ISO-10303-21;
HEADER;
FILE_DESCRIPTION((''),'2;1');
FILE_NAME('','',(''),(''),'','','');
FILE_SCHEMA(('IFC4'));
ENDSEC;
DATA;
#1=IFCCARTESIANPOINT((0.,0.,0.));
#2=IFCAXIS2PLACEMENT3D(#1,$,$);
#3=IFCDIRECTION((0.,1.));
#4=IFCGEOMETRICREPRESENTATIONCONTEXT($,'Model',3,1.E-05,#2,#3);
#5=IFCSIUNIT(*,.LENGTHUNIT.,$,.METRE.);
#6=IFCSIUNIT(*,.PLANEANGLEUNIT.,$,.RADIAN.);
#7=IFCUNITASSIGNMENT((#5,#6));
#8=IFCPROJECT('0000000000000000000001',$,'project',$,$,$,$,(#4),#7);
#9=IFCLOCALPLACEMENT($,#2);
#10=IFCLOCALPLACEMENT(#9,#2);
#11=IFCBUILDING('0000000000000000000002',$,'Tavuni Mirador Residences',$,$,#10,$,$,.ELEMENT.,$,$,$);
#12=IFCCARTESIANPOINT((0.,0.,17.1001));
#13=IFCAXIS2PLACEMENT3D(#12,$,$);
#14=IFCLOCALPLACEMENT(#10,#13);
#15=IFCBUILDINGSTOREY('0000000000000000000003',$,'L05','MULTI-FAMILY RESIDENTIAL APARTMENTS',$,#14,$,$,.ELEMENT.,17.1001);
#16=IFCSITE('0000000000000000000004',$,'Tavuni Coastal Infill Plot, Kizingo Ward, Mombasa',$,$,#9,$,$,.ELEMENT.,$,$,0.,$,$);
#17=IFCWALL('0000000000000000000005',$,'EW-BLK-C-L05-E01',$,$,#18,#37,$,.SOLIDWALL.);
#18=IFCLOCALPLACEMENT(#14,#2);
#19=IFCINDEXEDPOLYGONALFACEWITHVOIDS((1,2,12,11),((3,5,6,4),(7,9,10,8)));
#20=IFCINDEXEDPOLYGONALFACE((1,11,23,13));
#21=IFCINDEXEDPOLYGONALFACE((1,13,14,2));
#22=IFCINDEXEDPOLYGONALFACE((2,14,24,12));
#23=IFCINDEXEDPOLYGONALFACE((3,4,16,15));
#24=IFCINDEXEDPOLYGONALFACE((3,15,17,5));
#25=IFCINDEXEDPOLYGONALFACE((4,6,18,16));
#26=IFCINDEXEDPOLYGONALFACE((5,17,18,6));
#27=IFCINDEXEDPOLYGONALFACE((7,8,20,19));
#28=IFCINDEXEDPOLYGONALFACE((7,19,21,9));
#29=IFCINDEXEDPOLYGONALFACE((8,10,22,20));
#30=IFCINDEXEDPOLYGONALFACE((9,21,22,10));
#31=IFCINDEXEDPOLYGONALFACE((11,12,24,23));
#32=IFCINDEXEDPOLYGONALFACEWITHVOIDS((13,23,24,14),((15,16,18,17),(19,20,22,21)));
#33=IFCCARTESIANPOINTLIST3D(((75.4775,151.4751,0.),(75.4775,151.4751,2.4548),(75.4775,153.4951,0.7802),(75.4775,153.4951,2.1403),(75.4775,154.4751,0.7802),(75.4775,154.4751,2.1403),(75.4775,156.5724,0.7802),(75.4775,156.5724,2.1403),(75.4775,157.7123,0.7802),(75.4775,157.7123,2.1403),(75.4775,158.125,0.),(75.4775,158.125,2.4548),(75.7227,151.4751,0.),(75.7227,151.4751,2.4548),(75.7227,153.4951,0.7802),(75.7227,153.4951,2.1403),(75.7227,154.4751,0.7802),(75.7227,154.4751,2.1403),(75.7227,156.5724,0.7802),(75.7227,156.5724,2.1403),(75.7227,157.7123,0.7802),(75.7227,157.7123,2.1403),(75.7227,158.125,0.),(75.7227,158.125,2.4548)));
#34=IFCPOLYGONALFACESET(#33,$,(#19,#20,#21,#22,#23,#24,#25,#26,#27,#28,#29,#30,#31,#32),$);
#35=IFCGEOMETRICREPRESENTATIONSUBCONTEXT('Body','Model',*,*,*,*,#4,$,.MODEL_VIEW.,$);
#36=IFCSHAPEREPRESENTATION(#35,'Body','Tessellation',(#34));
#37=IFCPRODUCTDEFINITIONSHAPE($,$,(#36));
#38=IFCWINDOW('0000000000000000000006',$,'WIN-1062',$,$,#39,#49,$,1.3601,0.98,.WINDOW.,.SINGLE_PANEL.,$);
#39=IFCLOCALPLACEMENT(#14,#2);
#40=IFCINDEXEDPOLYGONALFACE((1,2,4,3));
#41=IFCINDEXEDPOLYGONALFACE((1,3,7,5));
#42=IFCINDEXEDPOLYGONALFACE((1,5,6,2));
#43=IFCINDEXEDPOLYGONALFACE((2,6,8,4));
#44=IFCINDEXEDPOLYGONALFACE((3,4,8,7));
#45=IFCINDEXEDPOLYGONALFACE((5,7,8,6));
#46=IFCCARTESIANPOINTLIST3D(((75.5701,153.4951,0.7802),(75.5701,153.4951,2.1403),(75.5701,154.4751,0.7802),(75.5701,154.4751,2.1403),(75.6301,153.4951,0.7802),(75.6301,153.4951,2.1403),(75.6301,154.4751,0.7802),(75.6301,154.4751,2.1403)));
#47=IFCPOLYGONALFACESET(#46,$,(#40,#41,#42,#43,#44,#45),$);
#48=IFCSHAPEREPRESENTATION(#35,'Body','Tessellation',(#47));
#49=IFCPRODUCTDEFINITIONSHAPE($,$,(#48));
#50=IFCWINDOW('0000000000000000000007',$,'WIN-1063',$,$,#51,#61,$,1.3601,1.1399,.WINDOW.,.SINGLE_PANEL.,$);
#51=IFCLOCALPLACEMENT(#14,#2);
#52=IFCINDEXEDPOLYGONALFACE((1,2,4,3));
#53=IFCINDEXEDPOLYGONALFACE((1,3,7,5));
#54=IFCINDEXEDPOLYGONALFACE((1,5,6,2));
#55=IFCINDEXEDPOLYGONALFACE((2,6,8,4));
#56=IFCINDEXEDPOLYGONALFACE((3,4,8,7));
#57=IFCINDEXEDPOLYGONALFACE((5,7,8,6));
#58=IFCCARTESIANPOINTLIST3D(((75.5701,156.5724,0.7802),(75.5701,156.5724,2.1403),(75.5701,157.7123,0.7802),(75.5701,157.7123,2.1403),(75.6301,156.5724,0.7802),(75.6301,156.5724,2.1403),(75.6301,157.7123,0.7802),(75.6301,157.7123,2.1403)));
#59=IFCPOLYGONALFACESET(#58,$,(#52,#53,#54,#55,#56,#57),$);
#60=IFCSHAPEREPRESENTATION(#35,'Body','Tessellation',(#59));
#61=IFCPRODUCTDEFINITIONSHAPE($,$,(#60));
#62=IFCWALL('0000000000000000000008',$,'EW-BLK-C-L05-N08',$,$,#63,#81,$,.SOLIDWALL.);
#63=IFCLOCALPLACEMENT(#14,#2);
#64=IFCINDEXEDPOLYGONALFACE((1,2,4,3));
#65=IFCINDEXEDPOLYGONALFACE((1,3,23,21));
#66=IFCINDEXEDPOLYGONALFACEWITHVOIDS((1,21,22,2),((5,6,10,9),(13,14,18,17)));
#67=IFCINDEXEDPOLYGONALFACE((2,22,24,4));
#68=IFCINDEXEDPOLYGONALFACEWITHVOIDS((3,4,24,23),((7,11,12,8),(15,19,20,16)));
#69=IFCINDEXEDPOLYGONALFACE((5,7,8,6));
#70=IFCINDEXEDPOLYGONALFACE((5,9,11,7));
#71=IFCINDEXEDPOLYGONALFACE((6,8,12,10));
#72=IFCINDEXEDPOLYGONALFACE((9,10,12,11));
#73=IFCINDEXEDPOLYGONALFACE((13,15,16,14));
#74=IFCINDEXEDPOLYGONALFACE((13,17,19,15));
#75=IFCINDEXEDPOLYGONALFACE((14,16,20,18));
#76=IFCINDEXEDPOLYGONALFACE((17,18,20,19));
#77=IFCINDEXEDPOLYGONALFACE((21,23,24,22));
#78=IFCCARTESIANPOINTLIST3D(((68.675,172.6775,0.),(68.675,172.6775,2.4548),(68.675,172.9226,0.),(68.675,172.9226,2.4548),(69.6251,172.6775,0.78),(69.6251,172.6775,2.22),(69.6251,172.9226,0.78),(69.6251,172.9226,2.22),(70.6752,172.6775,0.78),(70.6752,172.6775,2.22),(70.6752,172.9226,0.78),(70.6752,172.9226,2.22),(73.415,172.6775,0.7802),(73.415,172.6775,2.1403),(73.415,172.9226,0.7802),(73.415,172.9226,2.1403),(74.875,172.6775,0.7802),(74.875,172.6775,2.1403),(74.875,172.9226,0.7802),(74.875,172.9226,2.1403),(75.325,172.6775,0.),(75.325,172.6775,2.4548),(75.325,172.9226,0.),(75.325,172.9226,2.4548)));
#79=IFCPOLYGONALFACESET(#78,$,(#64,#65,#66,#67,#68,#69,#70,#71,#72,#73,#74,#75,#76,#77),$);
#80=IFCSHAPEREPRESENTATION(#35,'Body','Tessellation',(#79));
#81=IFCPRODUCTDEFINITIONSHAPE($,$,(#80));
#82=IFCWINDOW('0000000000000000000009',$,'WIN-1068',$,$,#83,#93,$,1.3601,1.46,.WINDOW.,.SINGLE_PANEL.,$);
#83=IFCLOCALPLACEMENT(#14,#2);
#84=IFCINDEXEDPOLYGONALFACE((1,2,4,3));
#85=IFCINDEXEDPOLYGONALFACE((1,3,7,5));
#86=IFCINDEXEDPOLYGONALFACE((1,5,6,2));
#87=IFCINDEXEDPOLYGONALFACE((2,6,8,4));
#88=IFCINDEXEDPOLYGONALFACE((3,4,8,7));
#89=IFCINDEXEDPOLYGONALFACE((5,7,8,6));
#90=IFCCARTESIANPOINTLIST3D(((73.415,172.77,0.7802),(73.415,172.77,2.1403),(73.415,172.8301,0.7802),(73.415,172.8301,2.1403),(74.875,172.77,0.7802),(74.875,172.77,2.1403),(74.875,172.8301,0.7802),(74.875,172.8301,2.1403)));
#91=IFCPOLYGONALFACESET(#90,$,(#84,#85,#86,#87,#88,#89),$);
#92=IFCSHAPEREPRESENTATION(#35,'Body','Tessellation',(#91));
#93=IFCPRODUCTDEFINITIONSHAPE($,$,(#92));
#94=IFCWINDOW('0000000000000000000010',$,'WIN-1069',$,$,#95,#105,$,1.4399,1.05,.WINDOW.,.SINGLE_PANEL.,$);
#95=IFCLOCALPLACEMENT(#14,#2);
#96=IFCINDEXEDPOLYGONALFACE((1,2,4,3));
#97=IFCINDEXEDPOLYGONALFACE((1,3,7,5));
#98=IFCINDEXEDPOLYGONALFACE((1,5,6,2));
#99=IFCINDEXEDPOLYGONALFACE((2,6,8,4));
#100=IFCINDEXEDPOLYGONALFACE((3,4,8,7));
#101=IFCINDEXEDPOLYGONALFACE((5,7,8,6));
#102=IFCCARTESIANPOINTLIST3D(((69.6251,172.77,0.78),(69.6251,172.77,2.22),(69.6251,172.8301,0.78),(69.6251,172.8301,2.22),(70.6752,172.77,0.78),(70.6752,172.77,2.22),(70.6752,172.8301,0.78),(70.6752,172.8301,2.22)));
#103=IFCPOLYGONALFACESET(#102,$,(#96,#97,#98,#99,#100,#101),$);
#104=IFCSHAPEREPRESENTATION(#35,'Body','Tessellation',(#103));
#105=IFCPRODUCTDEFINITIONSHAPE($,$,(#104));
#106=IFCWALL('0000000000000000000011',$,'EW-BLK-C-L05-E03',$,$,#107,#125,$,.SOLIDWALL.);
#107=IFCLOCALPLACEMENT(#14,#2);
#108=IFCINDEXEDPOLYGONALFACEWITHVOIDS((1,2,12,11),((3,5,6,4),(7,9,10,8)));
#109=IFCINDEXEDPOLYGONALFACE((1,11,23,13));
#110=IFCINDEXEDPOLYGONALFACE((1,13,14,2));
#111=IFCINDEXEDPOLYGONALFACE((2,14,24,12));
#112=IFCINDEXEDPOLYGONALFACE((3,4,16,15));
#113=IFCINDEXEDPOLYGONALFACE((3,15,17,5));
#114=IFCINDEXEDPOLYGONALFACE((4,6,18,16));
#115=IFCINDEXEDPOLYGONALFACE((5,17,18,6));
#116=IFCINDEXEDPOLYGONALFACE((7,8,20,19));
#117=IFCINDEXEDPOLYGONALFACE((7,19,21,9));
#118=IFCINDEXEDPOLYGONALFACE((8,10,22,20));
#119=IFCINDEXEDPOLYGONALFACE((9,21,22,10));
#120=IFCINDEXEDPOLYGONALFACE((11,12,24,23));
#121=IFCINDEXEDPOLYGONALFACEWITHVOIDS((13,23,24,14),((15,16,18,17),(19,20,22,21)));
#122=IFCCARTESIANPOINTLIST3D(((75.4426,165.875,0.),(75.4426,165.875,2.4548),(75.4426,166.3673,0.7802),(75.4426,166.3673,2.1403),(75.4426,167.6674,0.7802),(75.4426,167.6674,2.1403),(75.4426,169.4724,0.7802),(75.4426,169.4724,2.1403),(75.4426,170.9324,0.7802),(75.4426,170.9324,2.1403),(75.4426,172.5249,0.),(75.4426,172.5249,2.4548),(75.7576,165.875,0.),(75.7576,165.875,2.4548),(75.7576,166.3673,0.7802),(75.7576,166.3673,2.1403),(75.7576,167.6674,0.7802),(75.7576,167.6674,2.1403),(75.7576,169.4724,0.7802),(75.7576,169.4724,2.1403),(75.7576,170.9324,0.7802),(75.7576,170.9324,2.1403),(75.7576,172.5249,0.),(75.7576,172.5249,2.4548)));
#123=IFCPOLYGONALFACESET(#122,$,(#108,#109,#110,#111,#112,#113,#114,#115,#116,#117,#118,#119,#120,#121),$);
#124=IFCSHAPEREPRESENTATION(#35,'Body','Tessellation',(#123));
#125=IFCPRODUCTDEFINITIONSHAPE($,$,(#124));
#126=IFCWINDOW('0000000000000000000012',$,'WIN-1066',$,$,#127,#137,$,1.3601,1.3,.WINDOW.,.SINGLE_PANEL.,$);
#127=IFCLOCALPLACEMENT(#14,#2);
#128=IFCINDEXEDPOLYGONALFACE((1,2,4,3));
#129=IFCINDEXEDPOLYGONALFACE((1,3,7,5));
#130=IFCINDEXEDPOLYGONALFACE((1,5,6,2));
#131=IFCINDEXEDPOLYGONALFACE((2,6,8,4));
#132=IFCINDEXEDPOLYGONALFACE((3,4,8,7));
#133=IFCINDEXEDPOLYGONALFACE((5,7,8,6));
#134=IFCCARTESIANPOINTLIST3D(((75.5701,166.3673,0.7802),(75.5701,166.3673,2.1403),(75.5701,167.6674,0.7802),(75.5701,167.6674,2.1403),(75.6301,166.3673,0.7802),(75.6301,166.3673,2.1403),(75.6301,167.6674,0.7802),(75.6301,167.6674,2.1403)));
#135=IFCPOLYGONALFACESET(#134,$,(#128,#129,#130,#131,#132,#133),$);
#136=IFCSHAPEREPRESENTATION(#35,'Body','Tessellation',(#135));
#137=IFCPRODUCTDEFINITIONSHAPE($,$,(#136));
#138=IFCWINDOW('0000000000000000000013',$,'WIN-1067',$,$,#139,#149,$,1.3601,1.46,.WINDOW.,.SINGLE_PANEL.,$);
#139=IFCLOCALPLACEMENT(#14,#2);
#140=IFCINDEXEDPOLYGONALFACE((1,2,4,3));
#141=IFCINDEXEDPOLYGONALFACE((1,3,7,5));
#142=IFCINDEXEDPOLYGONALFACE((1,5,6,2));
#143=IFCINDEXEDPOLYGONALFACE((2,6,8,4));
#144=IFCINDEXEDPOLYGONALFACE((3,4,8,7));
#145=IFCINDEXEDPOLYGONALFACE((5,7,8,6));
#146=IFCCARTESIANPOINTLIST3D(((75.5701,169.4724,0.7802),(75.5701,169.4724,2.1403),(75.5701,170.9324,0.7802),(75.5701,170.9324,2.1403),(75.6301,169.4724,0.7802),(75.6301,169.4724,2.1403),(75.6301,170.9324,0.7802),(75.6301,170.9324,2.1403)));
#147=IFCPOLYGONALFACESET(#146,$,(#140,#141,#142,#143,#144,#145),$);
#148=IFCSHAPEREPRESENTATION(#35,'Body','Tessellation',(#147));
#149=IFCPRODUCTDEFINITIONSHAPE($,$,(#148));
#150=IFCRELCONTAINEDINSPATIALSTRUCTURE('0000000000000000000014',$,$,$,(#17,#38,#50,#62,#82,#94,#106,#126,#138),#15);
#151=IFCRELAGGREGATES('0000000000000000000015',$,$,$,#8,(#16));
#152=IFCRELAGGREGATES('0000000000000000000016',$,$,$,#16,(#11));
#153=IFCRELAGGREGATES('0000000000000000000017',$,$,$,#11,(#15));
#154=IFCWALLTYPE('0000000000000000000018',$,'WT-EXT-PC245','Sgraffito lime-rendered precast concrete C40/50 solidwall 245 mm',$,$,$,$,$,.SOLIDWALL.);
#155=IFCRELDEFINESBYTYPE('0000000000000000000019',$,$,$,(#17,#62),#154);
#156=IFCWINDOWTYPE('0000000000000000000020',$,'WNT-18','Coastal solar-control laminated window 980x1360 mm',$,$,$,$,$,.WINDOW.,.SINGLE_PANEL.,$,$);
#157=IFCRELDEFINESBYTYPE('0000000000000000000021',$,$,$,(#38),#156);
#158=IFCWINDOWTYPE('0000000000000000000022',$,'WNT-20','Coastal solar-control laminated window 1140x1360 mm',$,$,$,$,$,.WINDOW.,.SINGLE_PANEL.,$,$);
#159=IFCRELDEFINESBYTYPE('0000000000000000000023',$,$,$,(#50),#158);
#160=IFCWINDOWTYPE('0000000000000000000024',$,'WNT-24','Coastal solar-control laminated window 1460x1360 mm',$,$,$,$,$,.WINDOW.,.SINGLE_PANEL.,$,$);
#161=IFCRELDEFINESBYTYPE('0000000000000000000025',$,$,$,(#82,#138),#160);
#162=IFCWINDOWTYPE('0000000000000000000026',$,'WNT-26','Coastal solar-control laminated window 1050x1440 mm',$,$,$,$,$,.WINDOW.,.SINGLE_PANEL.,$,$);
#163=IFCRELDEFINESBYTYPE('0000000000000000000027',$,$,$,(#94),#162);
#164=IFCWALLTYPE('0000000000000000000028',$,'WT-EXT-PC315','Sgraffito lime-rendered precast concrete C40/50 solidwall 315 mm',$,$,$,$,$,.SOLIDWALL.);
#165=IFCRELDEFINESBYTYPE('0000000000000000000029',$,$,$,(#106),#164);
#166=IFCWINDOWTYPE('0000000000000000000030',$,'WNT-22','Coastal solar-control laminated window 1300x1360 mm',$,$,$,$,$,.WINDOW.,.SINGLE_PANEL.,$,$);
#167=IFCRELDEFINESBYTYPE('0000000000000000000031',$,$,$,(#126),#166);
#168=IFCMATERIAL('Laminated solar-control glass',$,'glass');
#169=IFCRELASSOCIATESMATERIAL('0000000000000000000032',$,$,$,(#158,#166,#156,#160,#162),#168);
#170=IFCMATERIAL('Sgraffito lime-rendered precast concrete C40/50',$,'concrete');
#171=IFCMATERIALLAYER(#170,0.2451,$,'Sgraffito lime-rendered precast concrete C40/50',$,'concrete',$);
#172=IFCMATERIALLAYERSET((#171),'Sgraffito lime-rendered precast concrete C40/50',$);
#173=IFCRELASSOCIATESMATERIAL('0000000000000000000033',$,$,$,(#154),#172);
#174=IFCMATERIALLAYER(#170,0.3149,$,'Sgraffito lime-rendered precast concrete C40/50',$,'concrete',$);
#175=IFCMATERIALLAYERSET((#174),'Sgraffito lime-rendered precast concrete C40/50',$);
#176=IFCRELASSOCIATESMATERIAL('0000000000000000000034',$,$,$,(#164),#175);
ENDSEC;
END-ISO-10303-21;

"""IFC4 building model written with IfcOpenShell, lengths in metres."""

from ifc_helpers import new_model, si_unit, direction, frame, frame_2d, origin, place, context, subcontext, project, spatial, rectangle, extrude, material, layer, layer_set, type_object, element, fill, save


model = new_model("IFC4")

# Units and contexts
model_context = context("Model", 3, precision=1e-05, world=origin(), true_north=direction((0.0, 1.0)))
body_context = subcontext(model_context, "Body", "Model", "MODEL_VIEW")
ifc_project = project(units=[si_unit("LENGTHUNIT", "METRE"), si_unit("PLANEANGLEUNIT", "RADIAN")], contexts=[model_context])

# Site, building, storey
site_placement = place(None, origin())
site = spatial("IfcSite", under=ifc_project, at=site_placement, Name="Tavuni Coastal Infill Plot, Kizingo Ward, Mombasa", CompositionType="ELEMENT", RefElevation=0.0)
building_placement = place(site_placement, origin())
building = spatial("IfcBuilding", under=site, at=building_placement, Name="Tavuni Mirador Residences", CompositionType="ELEMENT")
storey_placement = place(building_placement, frame((0.0, 0.0, 17.1001)))
storey = spatial("IfcBuildingStorey", under=building, at=storey_placement, Name="L05", Description="MULTI-FAMILY RESIDENTIAL APARTMENTS", CompositionType="ELEMENT", Elevation=17.1001)

# Walls, openings, windows
ifc_material_1 = material(Name="Laminated solar-control glass", Category="glass")
window_type_1 = type_object("IfcWindowType", Name="WNT-20", Description="Coastal solar-control laminated window 1140x1360 mm", PartitioningType="SINGLE_PANEL", PredefinedType="WINDOW", material=ifc_material_1)
window_type_2 = type_object("IfcWindowType", Name="WNT-22", Description="Coastal solar-control laminated window 1300x1360 mm", PartitioningType="SINGLE_PANEL", PredefinedType="WINDOW", material=ifc_material_1)
ifc_material_2 = material(Name="Sgraffito lime-rendered precast concrete C40/50", Category="concrete")
ifc_layer_1 = layer(ifc_material_2, 0.2451, Name="Sgraffito lime-rendered precast concrete C40/50", Category="concrete")
ifc_layer_set_1 = layer_set([ifc_layer_1], Name="Sgraffito lime-rendered precast concrete C40/50")
wall_type_1 = type_object("IfcWallType", Name="WT-EXT-PC245", Description="Sgraffito lime-rendered precast concrete C40/50 solidwall 245 mm", PredefinedType="SOLIDWALL", material=ifc_layer_set_1)
wall_1_placement = place(storey_placement, frame((75.6001, 151.4751, 0.0), z_axis=(0.0, 0.0, 1.0), x_axis=(0.0, 1.0, 0.0)))
wall_1 = element("IfcWall", 1, at=wall_1_placement, inside=storey, type_object=wall_type_1, Name="EW-BLK-C-L05-E01", PredefinedType="SOLIDWALL", context=body_context, shape_type="SweptSolid", body=[
    extrude(rectangle(XDim=6.6499, YDim=0.2451, at=frame_2d((3.325, 0.0))), origin(), (0.0, 0.0, 1.0), 2.4548),
])
opening_1_placement = place(wall_1_placement, frame((2.02, 0.0, 0.78)))
opening_1 = element("IfcOpeningElement", 2, at=opening_1_placement, cuts=wall_1, PredefinedType="OPENING", context=body_context, shape_type="SweptSolid", body=[
    extrude(rectangle(XDim=0.98, YDim=1.3601, at=frame_2d((0.49, 0.6802))), frame((0.0, 0.1326, 0.0), z_axis=(0.0, -1.0, 0.0), x_axis=(1.0, 0.0, 0.0)), (0.0, 0.0, 1.0), 0.2651),
])
opening_2_placement = place(wall_1_placement, frame((5.0974, 0.0, 0.78)))
opening_2 = element("IfcOpeningElement", 3, at=opening_2_placement, cuts=wall_1, PredefinedType="OPENING", context=body_context, shape_type="SweptSolid", body=[
    extrude(rectangle(XDim=1.1399, YDim=1.3601, at=frame_2d((0.5698, 0.6802))), frame((0.0, 0.1326, 0.0), z_axis=(0.0, -1.0, 0.0), x_axis=(1.0, 0.0, 0.0)), (0.0, 0.0, 1.0), 0.2651),
])
window_type_3 = type_object("IfcWindowType", Name="WNT-18", Description="Coastal solar-control laminated window 980x1360 mm", PartitioningType="SINGLE_PANEL", PredefinedType="WINDOW", material=ifc_material_1)
window_1_placement = place(opening_1_placement, origin())
window_1 = element("IfcWindow", 4, at=window_1_placement, inside=storey, type_object=window_type_3, Name="WIN-1062", OverallHeight=1.3601, OverallWidth=0.98, PartitioningType="SINGLE_PANEL", PredefinedType="WINDOW", context=body_context, shape_type="SweptSolid", body=[
    extrude(rectangle(XDim=0.98, YDim=1.3601, at=frame_2d((0.49, 0.6802))), frame((0.0, 0.03, 0.0), z_axis=(0.0, -1.0, 0.0), x_axis=(1.0, 0.0, 0.0)), (0.0, 0.0, 1.0), 0.0601),
])
fill(opening_1, window_1)
window_2_placement = place(opening_2_placement, origin())
window_2 = element("IfcWindow", 5, at=window_2_placement, inside=storey, type_object=window_type_1, Name="WIN-1063", OverallHeight=1.3601, OverallWidth=1.1399, PartitioningType="SINGLE_PANEL", PredefinedType="WINDOW", context=body_context, shape_type="SweptSolid", body=[
    extrude(rectangle(XDim=1.1399, YDim=1.3601, at=frame_2d((0.5698, 0.6802))), frame((0.0, 0.03, 0.0), z_axis=(0.0, -1.0, 0.0), x_axis=(1.0, 0.0, 0.0)), (0.0, 0.0, 1.0), 0.0601),
])
fill(opening_2, window_2)
wall_2_placement = place(storey_placement, frame((75.325, 172.8, 0.0), z_axis=(0.0, 0.0, 1.0), x_axis=(-1.0, 0.0, 0.0)))
wall_2 = element("IfcWall", 6, at=wall_2_placement, inside=storey, type_object=wall_type_1, Name="EW-BLK-C-L05-N08", PredefinedType="SOLIDWALL", context=body_context, shape_type="SweptSolid", body=[
    extrude(rectangle(XDim=6.6499, YDim=0.2451, at=frame_2d((3.325, 0.0))), origin(), (0.0, 0.0, 1.0), 2.4548),
])
opening_3_placement = place(wall_2_placement, frame((0.45, 0.0, 0.78)))
opening_3 = element("IfcOpeningElement", 7, at=opening_3_placement, cuts=wall_2, PredefinedType="OPENING", context=body_context, shape_type="SweptSolid", body=[
    extrude(rectangle(XDim=1.46, YDim=1.3601, at=frame_2d((0.73, 0.6802))), frame((0.0, 0.1326, 0.0), z_axis=(0.0, -1.0, 0.0), x_axis=(1.0, 0.0, 0.0)), (0.0, 0.0, 1.0), 0.2651),
])
opening_4_placement = place(wall_2_placement, frame((4.6499, 0.0, 0.78)))
opening_4 = element("IfcOpeningElement", 8, at=opening_4_placement, cuts=wall_2, PredefinedType="OPENING", context=body_context, shape_type="SweptSolid", body=[
    extrude(rectangle(XDim=1.05, YDim=1.4399, at=frame_2d((0.5249, 0.72))), frame((0.0, 0.1326, 0.0), z_axis=(0.0, -1.0, 0.0), x_axis=(1.0, 0.0, 0.0)), (0.0, 0.0, 1.0), 0.2651),
])
window_type_4 = type_object("IfcWindowType", Name="WNT-24", Description="Coastal solar-control laminated window 1460x1360 mm", PartitioningType="SINGLE_PANEL", PredefinedType="WINDOW", material=ifc_material_1)
window_3_placement = place(opening_3_placement, origin())
window_3 = element("IfcWindow", 9, at=window_3_placement, inside=storey, type_object=window_type_4, Name="WIN-1068", OverallHeight=1.3601, OverallWidth=1.46, PartitioningType="SINGLE_PANEL", PredefinedType="WINDOW", context=body_context, shape_type="SweptSolid", body=[
    extrude(rectangle(XDim=1.46, YDim=1.3601, at=frame_2d((0.73, 0.6802))), frame((0.0, 0.03, 0.0), z_axis=(0.0, -1.0, 0.0), x_axis=(1.0, 0.0, 0.0)), (0.0, 0.0, 1.0), 0.0601),
])
fill(opening_3, window_3)
window_type_5 = type_object("IfcWindowType", Name="WNT-26", Description="Coastal solar-control laminated window 1050x1440 mm", PartitioningType="SINGLE_PANEL", PredefinedType="WINDOW", material=ifc_material_1)
window_4_placement = place(opening_4_placement, origin())
window_4 = element("IfcWindow", 10, at=window_4_placement, inside=storey, type_object=window_type_5, Name="WIN-1069", OverallHeight=1.4399, OverallWidth=1.05, PartitioningType="SINGLE_PANEL", PredefinedType="WINDOW", context=body_context, shape_type="SweptSolid", body=[
    extrude(rectangle(XDim=1.05, YDim=1.4399, at=frame_2d((0.5249, 0.72))), frame((0.0, 0.03, 0.0), z_axis=(0.0, -1.0, 0.0), x_axis=(1.0, 0.0, 0.0)), (0.0, 0.0, 1.0), 0.0601),
])
fill(opening_4, window_4)
ifc_layer_2 = layer(ifc_material_2, 0.3149, Name="Sgraffito lime-rendered precast concrete C40/50", Category="concrete")
ifc_layer_set_2 = layer_set([ifc_layer_2], Name="Sgraffito lime-rendered precast concrete C40/50")
wall_type_2 = type_object("IfcWallType", Name="WT-EXT-PC315", Description="Sgraffito lime-rendered precast concrete C40/50 solidwall 315 mm", PredefinedType="SOLIDWALL", material=ifc_layer_set_2)
wall_3_placement = place(storey_placement, frame((75.6001, 165.875, 0.0), z_axis=(0.0, 0.0, 1.0), x_axis=(0.0, 1.0, 0.0)))
wall_3 = element("IfcWall", 11, at=wall_3_placement, inside=storey, type_object=wall_type_2, Name="EW-BLK-C-L05-E03", PredefinedType="SOLIDWALL", context=body_context, shape_type="SweptSolid", body=[
    extrude(rectangle(XDim=6.6499, YDim=0.3149, at=frame_2d((3.325, 0.0))), origin(), (0.0, 0.0, 1.0), 2.4548),
])
opening_5_placement = place(wall_3_placement, frame((0.4924, 0.0, 0.78)))
opening_5 = element("IfcOpeningElement", 12, at=opening_5_placement, cuts=wall_3, PredefinedType="OPENING", context=body_context, shape_type="SweptSolid", body=[
    extrude(rectangle(XDim=1.3, YDim=1.3601, at=frame_2d((0.6499, 0.6802))), frame((0.0, 0.1675, 0.0), z_axis=(0.0, -1.0, 0.0), x_axis=(1.0, 0.0, 0.0)), (0.0, 0.0, 1.0), 0.335),
])
opening_6_placement = place(wall_3_placement, frame((3.5974, 0.0, 0.78)))
opening_6 = element("IfcOpeningElement", 13, at=opening_6_placement, cuts=wall_3, PredefinedType="OPENING", context=body_context, shape_type="SweptSolid", body=[
    extrude(rectangle(XDim=1.46, YDim=1.3601, at=frame_2d((0.73, 0.6802))), frame((0.0, 0.1675, 0.0), z_axis=(0.0, -1.0, 0.0), x_axis=(1.0, 0.0, 0.0)), (0.0, 0.0, 1.0), 0.335),
])
window_5_placement = place(opening_5_placement, origin())
window_5 = element("IfcWindow", 14, at=window_5_placement, inside=storey, type_object=window_type_2, Name="WIN-1066", OverallHeight=1.3601, OverallWidth=1.3, PartitioningType="SINGLE_PANEL", PredefinedType="WINDOW", context=body_context, shape_type="SweptSolid", body=[
    extrude(rectangle(XDim=1.3, YDim=1.3601, at=frame_2d((0.6499, 0.6802))), frame((0.0, 0.03, 0.0), z_axis=(0.0, -1.0, 0.0), x_axis=(1.0, 0.0, 0.0)), (0.0, 0.0, 1.0), 0.0601),
])
fill(opening_5, window_5)
window_6_placement = place(opening_6_placement, origin())
window_6 = element("IfcWindow", 15, at=window_6_placement, inside=storey, type_object=window_type_4, Name="WIN-1067", OverallHeight=1.3601, OverallWidth=1.46, PartitioningType="SINGLE_PANEL", PredefinedType="WINDOW", context=body_context, shape_type="SweptSolid", body=[
    extrude(rectangle(XDim=1.46, YDim=1.3601, at=frame_2d((0.73, 0.6802))), frame((0.0, 0.03, 0.0), z_axis=(0.0, -1.0, 0.0), x_axis=(1.0, 0.0, 0.0)), (0.0, 0.0, 1.0), 0.0601),
])
fill(opening_6, window_6)

save(model, "model.ifc")
